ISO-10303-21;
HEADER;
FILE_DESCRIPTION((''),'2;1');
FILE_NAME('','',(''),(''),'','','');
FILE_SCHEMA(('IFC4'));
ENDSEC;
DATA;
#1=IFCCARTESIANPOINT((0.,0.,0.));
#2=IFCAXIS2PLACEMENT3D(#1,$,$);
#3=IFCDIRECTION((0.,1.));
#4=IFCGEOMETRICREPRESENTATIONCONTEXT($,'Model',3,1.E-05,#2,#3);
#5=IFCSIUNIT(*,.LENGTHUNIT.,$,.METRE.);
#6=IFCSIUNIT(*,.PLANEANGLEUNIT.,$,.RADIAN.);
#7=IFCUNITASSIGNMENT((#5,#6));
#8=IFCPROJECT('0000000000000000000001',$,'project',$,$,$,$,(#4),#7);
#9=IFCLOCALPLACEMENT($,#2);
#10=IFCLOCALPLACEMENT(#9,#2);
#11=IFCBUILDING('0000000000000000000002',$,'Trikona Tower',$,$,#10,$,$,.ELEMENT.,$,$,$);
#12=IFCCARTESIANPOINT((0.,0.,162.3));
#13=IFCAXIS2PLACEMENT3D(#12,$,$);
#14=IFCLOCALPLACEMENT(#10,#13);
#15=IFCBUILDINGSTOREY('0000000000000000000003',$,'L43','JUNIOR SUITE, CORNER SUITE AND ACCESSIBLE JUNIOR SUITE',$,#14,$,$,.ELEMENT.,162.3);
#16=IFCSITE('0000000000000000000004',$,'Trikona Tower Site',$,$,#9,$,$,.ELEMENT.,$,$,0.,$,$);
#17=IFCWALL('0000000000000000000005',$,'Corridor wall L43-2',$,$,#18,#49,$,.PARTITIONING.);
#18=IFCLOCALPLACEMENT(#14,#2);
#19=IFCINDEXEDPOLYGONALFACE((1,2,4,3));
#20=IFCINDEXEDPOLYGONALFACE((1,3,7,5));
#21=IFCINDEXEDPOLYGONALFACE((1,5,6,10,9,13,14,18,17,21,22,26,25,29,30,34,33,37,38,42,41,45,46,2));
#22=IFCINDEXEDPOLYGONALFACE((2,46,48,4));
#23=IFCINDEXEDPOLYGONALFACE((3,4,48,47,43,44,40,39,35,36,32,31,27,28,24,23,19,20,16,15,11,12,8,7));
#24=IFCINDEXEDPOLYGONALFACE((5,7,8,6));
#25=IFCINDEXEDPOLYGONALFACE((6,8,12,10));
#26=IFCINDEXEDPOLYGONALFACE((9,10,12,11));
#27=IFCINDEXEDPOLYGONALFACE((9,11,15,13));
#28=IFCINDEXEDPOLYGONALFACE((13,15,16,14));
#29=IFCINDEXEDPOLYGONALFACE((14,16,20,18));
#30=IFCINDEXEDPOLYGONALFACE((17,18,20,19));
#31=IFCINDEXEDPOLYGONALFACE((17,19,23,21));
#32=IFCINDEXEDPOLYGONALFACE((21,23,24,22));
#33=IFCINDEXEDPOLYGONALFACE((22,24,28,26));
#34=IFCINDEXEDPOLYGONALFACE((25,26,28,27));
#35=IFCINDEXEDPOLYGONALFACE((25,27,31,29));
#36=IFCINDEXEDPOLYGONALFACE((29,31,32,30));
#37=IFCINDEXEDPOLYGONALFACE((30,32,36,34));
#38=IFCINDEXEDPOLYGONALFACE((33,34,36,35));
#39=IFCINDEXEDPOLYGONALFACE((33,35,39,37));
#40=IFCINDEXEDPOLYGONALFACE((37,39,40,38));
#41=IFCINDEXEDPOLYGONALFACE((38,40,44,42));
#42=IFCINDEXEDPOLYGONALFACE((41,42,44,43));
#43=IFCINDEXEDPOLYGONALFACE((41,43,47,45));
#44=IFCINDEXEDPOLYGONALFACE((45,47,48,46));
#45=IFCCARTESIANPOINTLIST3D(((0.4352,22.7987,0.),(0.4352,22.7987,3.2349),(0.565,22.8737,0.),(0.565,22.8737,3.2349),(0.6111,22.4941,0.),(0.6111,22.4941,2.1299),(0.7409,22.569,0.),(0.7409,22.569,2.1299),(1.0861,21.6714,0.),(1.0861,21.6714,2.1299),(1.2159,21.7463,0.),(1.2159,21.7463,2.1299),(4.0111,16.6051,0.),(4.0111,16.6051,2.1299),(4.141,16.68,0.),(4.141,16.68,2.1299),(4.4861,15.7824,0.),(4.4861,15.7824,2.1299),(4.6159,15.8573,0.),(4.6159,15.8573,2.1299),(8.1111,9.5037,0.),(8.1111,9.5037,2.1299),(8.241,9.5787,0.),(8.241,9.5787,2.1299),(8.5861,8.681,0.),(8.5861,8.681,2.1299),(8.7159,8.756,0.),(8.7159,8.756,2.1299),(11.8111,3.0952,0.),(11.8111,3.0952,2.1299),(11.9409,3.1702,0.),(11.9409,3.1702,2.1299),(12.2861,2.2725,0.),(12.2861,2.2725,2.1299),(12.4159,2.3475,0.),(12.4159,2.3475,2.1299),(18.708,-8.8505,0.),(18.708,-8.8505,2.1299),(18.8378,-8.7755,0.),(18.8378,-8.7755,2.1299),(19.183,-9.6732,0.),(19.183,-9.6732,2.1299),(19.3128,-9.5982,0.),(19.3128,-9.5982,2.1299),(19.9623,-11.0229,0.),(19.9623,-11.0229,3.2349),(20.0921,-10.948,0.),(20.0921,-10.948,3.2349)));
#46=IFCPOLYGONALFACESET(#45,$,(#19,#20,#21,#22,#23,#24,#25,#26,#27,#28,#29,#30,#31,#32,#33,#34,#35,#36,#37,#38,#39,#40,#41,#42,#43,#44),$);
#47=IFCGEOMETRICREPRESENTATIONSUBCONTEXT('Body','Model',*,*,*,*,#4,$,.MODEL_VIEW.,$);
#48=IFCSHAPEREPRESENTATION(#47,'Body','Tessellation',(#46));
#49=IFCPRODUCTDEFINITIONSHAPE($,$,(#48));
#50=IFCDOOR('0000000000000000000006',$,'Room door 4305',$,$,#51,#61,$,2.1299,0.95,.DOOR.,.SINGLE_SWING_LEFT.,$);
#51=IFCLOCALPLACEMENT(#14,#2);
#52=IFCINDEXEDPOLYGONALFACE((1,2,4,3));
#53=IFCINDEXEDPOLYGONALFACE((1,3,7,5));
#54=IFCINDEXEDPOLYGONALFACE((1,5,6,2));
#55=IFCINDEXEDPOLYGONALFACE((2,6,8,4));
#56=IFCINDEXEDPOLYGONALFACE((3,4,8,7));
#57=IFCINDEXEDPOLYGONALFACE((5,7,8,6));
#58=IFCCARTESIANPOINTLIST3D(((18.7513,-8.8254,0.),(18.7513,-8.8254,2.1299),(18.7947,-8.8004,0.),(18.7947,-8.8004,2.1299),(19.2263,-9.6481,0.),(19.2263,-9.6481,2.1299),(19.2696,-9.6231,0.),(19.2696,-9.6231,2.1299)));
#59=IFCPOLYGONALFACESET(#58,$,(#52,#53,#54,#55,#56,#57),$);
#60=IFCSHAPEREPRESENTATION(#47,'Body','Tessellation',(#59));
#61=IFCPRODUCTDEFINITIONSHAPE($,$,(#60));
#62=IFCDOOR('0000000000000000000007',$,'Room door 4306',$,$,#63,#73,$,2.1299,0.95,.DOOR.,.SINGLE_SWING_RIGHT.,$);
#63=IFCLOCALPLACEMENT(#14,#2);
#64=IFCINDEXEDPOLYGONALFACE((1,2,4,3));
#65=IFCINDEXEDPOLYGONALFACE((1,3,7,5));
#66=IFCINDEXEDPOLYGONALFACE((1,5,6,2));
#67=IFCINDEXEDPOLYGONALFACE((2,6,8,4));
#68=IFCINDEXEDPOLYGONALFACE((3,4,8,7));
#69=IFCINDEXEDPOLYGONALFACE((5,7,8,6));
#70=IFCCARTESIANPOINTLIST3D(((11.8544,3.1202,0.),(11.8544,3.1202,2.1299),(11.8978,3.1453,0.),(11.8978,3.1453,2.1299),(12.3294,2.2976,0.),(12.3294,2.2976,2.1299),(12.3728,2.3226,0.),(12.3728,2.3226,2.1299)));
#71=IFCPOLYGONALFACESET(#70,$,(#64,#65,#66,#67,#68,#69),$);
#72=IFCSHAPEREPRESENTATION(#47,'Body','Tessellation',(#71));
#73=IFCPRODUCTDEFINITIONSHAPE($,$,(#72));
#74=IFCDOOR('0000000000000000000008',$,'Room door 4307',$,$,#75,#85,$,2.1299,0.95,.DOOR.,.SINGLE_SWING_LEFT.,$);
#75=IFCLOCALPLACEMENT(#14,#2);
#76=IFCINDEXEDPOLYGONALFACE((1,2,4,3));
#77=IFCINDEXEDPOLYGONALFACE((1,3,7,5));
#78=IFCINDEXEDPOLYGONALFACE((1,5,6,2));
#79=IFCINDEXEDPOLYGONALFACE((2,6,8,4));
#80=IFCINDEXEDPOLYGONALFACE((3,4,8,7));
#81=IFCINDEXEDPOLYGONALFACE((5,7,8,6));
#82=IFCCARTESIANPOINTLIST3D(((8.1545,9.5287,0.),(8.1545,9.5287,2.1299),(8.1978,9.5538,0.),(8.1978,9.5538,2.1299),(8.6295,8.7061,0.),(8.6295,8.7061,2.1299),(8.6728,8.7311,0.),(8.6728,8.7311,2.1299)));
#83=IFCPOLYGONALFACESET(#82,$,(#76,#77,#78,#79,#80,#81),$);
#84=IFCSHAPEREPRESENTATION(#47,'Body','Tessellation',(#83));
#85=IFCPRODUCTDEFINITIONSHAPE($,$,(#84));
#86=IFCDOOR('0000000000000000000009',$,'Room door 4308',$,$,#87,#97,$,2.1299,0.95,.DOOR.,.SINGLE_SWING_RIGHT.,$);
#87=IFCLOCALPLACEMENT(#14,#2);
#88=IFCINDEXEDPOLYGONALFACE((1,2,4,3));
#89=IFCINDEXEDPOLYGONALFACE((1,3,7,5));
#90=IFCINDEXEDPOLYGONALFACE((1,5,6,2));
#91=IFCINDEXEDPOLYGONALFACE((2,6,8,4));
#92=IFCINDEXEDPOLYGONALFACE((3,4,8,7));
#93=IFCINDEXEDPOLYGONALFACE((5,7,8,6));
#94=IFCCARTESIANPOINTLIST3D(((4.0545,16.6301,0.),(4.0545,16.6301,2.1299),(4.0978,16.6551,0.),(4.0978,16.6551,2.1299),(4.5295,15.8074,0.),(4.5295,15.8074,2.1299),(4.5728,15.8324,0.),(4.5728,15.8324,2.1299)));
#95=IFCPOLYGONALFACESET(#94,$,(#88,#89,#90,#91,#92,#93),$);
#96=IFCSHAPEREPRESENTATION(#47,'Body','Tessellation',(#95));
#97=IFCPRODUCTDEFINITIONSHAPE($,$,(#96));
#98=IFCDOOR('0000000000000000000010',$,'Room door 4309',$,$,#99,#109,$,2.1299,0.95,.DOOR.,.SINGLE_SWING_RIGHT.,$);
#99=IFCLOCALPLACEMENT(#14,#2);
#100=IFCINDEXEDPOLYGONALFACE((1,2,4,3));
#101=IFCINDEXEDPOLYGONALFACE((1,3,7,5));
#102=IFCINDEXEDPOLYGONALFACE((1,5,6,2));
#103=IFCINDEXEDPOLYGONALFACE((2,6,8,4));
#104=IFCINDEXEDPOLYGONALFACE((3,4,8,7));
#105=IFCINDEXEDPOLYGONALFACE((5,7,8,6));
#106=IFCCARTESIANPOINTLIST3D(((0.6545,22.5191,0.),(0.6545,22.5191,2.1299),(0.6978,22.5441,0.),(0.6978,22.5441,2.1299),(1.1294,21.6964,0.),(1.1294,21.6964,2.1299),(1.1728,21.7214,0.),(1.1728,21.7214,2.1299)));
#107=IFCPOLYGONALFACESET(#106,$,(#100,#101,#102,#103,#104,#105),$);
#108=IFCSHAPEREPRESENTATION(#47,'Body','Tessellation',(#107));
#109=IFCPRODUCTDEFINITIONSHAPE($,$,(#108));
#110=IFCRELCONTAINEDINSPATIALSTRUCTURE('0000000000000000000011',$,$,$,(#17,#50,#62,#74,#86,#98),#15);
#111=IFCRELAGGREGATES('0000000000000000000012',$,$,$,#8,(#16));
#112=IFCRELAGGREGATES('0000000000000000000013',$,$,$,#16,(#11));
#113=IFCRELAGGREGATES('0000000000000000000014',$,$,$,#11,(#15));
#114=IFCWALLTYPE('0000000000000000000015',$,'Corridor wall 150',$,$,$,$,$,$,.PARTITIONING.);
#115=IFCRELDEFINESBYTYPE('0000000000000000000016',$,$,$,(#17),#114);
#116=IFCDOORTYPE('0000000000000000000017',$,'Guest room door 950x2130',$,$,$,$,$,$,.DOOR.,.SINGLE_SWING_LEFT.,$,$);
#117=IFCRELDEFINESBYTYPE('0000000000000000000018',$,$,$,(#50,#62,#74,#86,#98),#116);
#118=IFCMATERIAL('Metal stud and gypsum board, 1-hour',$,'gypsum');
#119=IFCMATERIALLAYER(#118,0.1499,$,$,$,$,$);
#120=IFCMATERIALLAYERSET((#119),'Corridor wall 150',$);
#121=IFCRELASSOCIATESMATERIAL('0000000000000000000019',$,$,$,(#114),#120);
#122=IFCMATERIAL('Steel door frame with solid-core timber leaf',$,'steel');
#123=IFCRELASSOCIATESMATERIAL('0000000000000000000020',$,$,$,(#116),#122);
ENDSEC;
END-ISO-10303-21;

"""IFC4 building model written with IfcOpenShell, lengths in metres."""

from ifc_helpers import new_model, si_unit, direction, frame, frame_2d, origin, place, context, subcontext, project, spatial, rectangle, extrude, material, layer, layer_set, type_object, element, fill, save


model = new_model("IFC4")

# Units and contexts
model_context = context("Model", 3, precision=1e-05, world=origin(), true_north=direction((0.0, 1.0)))
body_context = subcontext(model_context, "Body", "Model", "MODEL_VIEW")
ifc_project = project(units=[si_unit("LENGTHUNIT", "METRE"), si_unit("PLANEANGLEUNIT", "RADIAN")], contexts=[model_context])

# Site, building, storey
site_placement = place(None, origin())
site = spatial("IfcSite", under=ifc_project, at=site_placement, Name="Trikona Tower Site", CompositionType="ELEMENT", RefElevation=0.0)
building_placement = place(site_placement, origin())
building = spatial("IfcBuilding", under=site, at=building_placement, Name="Trikona Tower", CompositionType="ELEMENT")
storey_placement = place(building_placement, frame((0.0, 0.0, 162.3)))
storey = spatial("IfcBuildingStorey", under=building, at=storey_placement, Name="L43", Description="JUNIOR SUITE, CORNER SUITE AND ACCESSIBLE JUNIOR SUITE", CompositionType="ELEMENT", Elevation=162.3)

# Wall, openings, doors
ifc_material_1 = material(Name="Metal stud and gypsum board, 1-hour", Category="gypsum")
ifc_layer_1 = layer(ifc_material_1, 0.1499)
ifc_layer_set_1 = layer_set([ifc_layer_1], Name="Corridor wall 150")
wall_type_1 = type_object("IfcWallType", Name="Corridor wall 150", PredefinedType="PARTITIONING", material=ifc_layer_set_1)
wall_1_placement = place(storey_placement, frame((20.0271, -10.9854, 0.0), z_axis=(0.0, 0.0, 1.0), x_axis=(-0.500002, 0.866024, 0.0)))
wall_1 = element("IfcWall", 1, at=wall_1_placement, inside=storey, type_object=wall_type_1, Name="Corridor wall L43-2", PredefinedType="PARTITIONING", context=body_context, shape_type="SweptSolid", body=[
    extrude(rectangle(XDim=39.054, YDim=0.1499, at=frame_2d((19.5269, 0.0))), origin(), (0.0, 0.0, 1.0), 3.2349),
])
opening_1_placement = place(wall_1_placement, frame((1.5583, 0.0, 0.0)))
opening_1 = element("IfcOpeningElement", 2, at=opening_1_placement, cuts=wall_1, PredefinedType="OPENING", context=body_context, shape_type="SweptSolid", body=[
    extrude(rectangle(XDim=0.95, YDim=2.1299, at=frame_2d((0.4751, 1.0649))), frame((0.0, 0.085, 0.0), z_axis=(0.0, -1.0, 0.0), x_axis=(1.0, 0.0, 0.0)), (0.0, 0.0, 1.0), 0.1699),
])
opening_2_placement = place(wall_1_placement, frame((15.3521, 0.0, 0.0)))
opening_2 = element("IfcOpeningElement", 3, at=opening_2_placement, cuts=wall_1, PredefinedType="OPENING", context=body_context, shape_type="SweptSolid", body=[
    extrude(rectangle(XDim=0.95, YDim=2.1299, at=frame_2d((0.4751, 1.0649))), frame((0.0, 0.085, 0.0), z_axis=(0.0, -1.0, 0.0), x_axis=(1.0, 0.0, 0.0)), (0.0, 0.0, 1.0), 0.1699),
])
opening_3_placement = place(wall_1_placement, frame((22.752, 0.0, 0.0)))
opening_3 = element("IfcOpeningElement", 4, at=opening_3_placement, cuts=wall_1, PredefinedType="OPENING", context=body_context, shape_type="SweptSolid", body=[
    extrude(rectangle(XDim=0.95, YDim=2.1299, at=frame_2d((0.4751, 1.0649))), frame((0.0, 0.085, 0.0), z_axis=(0.0, -1.0, 0.0), x_axis=(1.0, 0.0, 0.0)), (0.0, 0.0, 1.0), 0.1699),
])
opening_4_placement = place(wall_1_placement, frame((30.9519, 0.0, 0.0)))
opening_4 = element("IfcOpeningElement", 5, at=opening_4_placement, cuts=wall_1, PredefinedType="OPENING", context=body_context, shape_type="SweptSolid", body=[
    extrude(rectangle(XDim=0.95, YDim=2.1299, at=frame_2d((0.4751, 1.0649))), frame((0.0, 0.085, 0.0), z_axis=(0.0, -1.0, 0.0), x_axis=(1.0, 0.0, 0.0)), (0.0, 0.0, 1.0), 0.1699),
])
opening_5_placement = place(wall_1_placement, frame((37.752, 0.0, 0.0)))
opening_5 = element("IfcOpeningElement", 6, at=opening_5_placement, cuts=wall_1, PredefinedType="OPENING", context=body_context, shape_type="SweptSolid", body=[
    extrude(rectangle(XDim=0.95, YDim=2.1299, at=frame_2d((0.4751, 1.0649))), frame((0.0, 0.085, 0.0), z_axis=(0.0, -1.0, 0.0), x_axis=(1.0, 0.0, 0.0)), (0.0, 0.0, 1.0), 0.1699),
])
ifc_material_2 = material(Name="Steel door frame with solid-core timber leaf", Category="steel")
door_type = type_object("IfcDoorType", Name="Guest room door 950x2130", OperationType="SINGLE_SWING_LEFT", PredefinedType="DOOR", material=ifc_material_2)
door_1_placement = place(opening_1_placement, origin())
door_1 = element("IfcDoor", 7, at=door_1_placement, inside=storey, type_object=door_type, Name="Room door 4305", OperationType="SINGLE_SWING_LEFT", OverallHeight=2.1299, OverallWidth=0.95, PredefinedType="DOOR", context=body_context, shape_type="SweptSolid", body=[
    extrude(rectangle(XDim=0.95, YDim=2.1299, at=frame_2d((0.4751, 1.0649))), frame((0.0, 0.0249, 0.0), z_axis=(0.0, -1.0, 0.0), x_axis=(1.0, 0.0, 0.0)), (0.0, 0.0, 1.0), 0.05),
])
fill(opening_1, door_1)
door_2_placement = place(opening_2_placement, origin())
door_2 = element("IfcDoor", 8, at=door_2_placement, inside=storey, type_object=door_type, Name="Room door 4306", OperationType="SINGLE_SWING_RIGHT", OverallHeight=2.1299, OverallWidth=0.95, PredefinedType="DOOR", context=body_context, shape_type="SweptSolid", body=[
    extrude(rectangle(XDim=0.95, YDim=2.1299, at=frame_2d((0.4751, 1.0649))), frame((0.0, 0.0249, 0.0), z_axis=(0.0, -1.0, 0.0), x_axis=(1.0, 0.0, 0.0)), (0.0, 0.0, 1.0), 0.05),
])
fill(opening_2, door_2)
door_3_placement = place(opening_3_placement, origin())
door_3 = element("IfcDoor", 9, at=door_3_placement, inside=storey, type_object=door_type, Name="Room door 4307", OperationType="SINGLE_SWING_LEFT", OverallHeight=2.1299, OverallWidth=0.95, PredefinedType="DOOR", context=body_context, shape_type="SweptSolid", body=[
    extrude(rectangle(XDim=0.95, YDim=2.1299, at=frame_2d((0.4751, 1.0649))), frame((0.0, 0.0249, 0.0), z_axis=(0.0, -1.0, 0.0), x_axis=(1.0, 0.0, 0.0)), (0.0, 0.0, 1.0), 0.05),
])
fill(opening_3, door_3)
door_4_placement = place(opening_4_placement, origin())
door_4 = element("IfcDoor", 10, at=door_4_placement, inside=storey, type_object=door_type, Name="Room door 4308", OperationType="SINGLE_SWING_RIGHT", OverallHeight=2.1299, OverallWidth=0.95, PredefinedType="DOOR", context=body_context, shape_type="SweptSolid", body=[
    extrude(rectangle(XDim=0.95, YDim=2.1299, at=frame_2d((0.4751, 1.0649))), frame((0.0, 0.0249, 0.0), z_axis=(0.0, -1.0, 0.0), x_axis=(1.0, 0.0, 0.0)), (0.0, 0.0, 1.0), 0.05),
])
fill(opening_4, door_4)
door_5_placement = place(opening_5_placement, origin())
door_5 = element("IfcDoor", 11, at=door_5_placement, inside=storey, type_object=door_type, Name="Room door 4309", OperationType="SINGLE_SWING_RIGHT", OverallHeight=2.1299, OverallWidth=0.95, PredefinedType="DOOR", context=body_context, shape_type="SweptSolid", body=[
    extrude(rectangle(XDim=0.95, YDim=2.1299, at=frame_2d((0.4751, 1.0649))), frame((0.0, 0.0249, 0.0), z_axis=(0.0, -1.0, 0.0), x_axis=(1.0, 0.0, 0.0)), (0.0, 0.0, 1.0), 0.05),
])
fill(opening_5, door_5)

save(model, "model.ifc")
